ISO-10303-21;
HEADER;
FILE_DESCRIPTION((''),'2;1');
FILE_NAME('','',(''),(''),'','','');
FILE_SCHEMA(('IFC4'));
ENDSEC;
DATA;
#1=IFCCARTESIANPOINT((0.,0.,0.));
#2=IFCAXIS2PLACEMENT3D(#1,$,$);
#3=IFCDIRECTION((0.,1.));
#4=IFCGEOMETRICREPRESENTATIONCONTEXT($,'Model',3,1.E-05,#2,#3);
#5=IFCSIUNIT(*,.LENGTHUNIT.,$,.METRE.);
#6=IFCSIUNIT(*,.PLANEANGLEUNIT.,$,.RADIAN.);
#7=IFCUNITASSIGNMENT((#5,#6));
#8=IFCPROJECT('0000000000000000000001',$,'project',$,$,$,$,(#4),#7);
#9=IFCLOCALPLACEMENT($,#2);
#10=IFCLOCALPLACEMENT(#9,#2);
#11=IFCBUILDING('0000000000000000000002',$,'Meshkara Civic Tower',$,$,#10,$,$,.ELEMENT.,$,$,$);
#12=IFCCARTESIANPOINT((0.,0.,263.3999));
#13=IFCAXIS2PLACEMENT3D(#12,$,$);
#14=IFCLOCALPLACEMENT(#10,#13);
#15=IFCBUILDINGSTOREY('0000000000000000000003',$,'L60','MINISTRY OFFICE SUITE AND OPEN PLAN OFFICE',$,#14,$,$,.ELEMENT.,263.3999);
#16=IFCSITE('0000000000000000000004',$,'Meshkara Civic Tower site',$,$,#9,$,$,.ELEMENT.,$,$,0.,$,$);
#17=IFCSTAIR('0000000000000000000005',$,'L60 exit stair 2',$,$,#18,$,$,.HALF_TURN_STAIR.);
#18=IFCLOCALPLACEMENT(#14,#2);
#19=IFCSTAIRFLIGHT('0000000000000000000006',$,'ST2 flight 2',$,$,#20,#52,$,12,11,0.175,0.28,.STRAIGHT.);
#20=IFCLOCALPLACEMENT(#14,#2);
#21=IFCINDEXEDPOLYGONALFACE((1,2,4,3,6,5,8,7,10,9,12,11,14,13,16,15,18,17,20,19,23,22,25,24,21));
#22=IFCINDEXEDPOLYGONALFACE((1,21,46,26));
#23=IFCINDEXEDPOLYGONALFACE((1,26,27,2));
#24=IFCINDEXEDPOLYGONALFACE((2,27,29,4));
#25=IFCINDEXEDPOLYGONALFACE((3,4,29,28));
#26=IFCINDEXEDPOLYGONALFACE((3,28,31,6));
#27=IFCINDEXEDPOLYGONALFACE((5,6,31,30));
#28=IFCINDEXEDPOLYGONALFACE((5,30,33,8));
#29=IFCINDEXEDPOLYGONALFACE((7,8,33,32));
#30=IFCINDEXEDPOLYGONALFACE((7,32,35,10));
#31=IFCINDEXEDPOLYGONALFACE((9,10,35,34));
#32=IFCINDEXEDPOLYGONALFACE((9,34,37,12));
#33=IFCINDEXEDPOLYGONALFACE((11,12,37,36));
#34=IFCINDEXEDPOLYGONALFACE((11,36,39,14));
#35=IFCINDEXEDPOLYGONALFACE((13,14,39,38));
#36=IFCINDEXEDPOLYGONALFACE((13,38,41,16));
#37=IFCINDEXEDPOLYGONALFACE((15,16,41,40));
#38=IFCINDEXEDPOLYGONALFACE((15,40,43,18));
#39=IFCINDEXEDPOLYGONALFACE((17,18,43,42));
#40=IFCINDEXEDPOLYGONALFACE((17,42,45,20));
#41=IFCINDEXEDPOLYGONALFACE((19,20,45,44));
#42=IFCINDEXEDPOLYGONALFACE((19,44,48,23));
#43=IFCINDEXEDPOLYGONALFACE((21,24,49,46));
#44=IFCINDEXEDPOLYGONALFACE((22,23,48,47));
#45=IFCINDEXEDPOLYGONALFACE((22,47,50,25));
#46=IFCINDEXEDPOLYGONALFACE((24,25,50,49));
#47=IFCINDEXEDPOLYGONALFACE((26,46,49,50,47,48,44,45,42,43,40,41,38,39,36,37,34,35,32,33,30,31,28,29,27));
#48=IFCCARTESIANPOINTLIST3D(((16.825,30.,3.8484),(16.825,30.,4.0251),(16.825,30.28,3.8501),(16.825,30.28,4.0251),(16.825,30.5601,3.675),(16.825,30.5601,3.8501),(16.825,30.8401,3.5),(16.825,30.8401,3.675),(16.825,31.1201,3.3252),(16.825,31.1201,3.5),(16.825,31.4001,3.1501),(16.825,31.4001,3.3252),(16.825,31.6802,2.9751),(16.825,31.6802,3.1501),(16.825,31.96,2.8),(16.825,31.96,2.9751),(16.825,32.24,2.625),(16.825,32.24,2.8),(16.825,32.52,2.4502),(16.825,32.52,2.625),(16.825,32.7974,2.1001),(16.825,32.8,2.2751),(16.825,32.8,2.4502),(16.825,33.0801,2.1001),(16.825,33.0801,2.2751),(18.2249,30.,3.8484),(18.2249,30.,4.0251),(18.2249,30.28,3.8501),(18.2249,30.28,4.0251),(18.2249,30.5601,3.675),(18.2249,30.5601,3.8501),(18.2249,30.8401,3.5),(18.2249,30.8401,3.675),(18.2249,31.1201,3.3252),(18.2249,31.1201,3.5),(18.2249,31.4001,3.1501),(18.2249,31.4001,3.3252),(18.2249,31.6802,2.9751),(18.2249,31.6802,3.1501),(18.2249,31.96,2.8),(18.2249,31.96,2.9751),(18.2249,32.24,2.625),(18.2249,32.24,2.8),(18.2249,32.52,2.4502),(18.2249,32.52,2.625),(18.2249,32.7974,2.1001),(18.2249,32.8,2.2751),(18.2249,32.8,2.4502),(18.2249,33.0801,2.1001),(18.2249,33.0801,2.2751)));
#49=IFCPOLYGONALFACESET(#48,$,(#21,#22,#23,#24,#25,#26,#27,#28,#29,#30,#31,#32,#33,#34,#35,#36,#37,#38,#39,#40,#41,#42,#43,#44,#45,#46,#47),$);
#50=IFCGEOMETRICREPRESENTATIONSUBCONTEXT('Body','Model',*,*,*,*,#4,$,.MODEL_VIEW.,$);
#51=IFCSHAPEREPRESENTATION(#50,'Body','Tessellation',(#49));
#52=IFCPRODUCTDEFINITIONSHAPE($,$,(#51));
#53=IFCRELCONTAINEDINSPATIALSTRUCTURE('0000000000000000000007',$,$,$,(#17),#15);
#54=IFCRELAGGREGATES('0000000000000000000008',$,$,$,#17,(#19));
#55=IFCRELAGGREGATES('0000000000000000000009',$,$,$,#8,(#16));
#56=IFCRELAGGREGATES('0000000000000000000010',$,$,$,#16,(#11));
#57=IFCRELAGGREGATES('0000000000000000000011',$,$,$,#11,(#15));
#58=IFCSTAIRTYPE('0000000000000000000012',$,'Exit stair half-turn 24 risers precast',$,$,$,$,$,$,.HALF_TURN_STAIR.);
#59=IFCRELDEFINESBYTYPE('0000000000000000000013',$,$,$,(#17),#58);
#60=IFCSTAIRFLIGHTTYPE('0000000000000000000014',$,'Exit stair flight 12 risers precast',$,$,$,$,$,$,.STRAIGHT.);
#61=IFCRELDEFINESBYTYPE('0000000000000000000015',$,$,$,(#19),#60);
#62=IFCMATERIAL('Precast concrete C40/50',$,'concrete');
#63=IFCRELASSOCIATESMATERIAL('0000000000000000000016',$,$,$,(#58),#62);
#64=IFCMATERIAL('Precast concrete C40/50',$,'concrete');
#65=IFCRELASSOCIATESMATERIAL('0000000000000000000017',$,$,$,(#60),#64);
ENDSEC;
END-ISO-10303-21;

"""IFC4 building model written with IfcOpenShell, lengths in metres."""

from ifc_helpers import new_model, si_unit, direction, frame, origin, place, context, subcontext, project, spatial, polyline, outline, extrude, material, type_object, element, aggregate, save


model = new_model("IFC4")

# Units and contexts
model_context = context("Model", 3, precision=1e-05, world=origin(), true_north=direction((0.0, 1.0)))
body_context = subcontext(model_context, "Body", "Model", "MODEL_VIEW")
ifc_project = project(units=[si_unit("LENGTHUNIT", "METRE"), si_unit("PLANEANGLEUNIT", "RADIAN")], contexts=[model_context])

# Site, building, storey
site_placement = place(None, origin())
site = spatial("IfcSite", under=ifc_project, at=site_placement, Name="Meshkara Civic Tower site", CompositionType="ELEMENT", RefElevation=0.0)
building_placement = place(site_placement, origin())
building = spatial("IfcBuilding", under=site, at=building_placement, Name="Meshkara Civic Tower", CompositionType="ELEMENT")
storey_placement = place(building_placement, frame((0.0, 0.0, 263.3999)))
storey = spatial("IfcBuildingStorey", under=building, at=storey_placement, Name="L60", Description="MINISTRY OFFICE SUITE AND OPEN PLAN OFFICE", CompositionType="ELEMENT", Elevation=263.3999)

# Stair, stair flight
ifc_material_1 = material(Name="Precast concrete C40/50", Category="concrete")
stair_type = type_object("IfcStairType", Name="Exit stair half-turn 24 risers precast", PredefinedType="HALF_TURN_STAIR", material=ifc_material_1)
stair_placement = place(storey_placement, origin())
stair = element("IfcStair", 1, at=stair_placement, inside=storey, type_object=stair_type, Name="L60 exit stair 2", PredefinedType="HALF_TURN_STAIR")
ifc_material_2 = material(Name="Precast concrete C40/50", Category="concrete")
stair_flight_type = type_object("IfcStairFlightType", Name="Exit stair flight 12 risers precast", PredefinedType="STRAIGHT", material=ifc_material_2)
stair_flight_1_placement = place(storey_placement, frame((17.5249, 33.0801, 2.1001), z_axis=(0.0, 0.0, 1.0), x_axis=(0.0, -1.0, 0.0)))
stair_flight_1 = element("IfcStairFlight", 2, at=stair_flight_1_placement, type_object=stair_flight_type, Name="ST2 flight 2", NumberOfRisers=12, NumberOfTreads=11, PredefinedType="STRAIGHT", RiserHeight=0.175, TreadLength=0.28, context=body_context, shape_type="SweptSolid", body=[
    extrude(outline(polyline([(0.0, 0.0), (0.0, 0.175), (0.28, 0.175), (0.28, 0.3501), (0.5601, 0.3501), (0.5601, 0.5249), (0.8401, 0.5249), (0.8401, 0.7), (1.1201, 0.7), (1.1201, 0.875), (1.3999, 0.875), (1.3999, 1.05), (1.6799, 1.05), (1.6799, 1.2251), (1.96, 1.2251), (1.96, 1.3999), (2.24, 1.3999), (2.24, 1.575), (2.52, 1.575), (2.52, 1.75), (2.8, 1.75), (2.8, 1.925), (3.0801, 1.925), (3.0801, 2.1001), (3.0801, 1.7483), (0.2827, 0.0), (0.0, 0.0)])), frame((0.0, 0.7, 0.0), z_axis=(0.0, -1.0, 0.0), x_axis=(1.0, 0.0, 0.0)), (0.0, 0.0, 1.0), 1.3999),
])
aggregate(stair, [stair_flight_1])

save(model, "model.ifc")
